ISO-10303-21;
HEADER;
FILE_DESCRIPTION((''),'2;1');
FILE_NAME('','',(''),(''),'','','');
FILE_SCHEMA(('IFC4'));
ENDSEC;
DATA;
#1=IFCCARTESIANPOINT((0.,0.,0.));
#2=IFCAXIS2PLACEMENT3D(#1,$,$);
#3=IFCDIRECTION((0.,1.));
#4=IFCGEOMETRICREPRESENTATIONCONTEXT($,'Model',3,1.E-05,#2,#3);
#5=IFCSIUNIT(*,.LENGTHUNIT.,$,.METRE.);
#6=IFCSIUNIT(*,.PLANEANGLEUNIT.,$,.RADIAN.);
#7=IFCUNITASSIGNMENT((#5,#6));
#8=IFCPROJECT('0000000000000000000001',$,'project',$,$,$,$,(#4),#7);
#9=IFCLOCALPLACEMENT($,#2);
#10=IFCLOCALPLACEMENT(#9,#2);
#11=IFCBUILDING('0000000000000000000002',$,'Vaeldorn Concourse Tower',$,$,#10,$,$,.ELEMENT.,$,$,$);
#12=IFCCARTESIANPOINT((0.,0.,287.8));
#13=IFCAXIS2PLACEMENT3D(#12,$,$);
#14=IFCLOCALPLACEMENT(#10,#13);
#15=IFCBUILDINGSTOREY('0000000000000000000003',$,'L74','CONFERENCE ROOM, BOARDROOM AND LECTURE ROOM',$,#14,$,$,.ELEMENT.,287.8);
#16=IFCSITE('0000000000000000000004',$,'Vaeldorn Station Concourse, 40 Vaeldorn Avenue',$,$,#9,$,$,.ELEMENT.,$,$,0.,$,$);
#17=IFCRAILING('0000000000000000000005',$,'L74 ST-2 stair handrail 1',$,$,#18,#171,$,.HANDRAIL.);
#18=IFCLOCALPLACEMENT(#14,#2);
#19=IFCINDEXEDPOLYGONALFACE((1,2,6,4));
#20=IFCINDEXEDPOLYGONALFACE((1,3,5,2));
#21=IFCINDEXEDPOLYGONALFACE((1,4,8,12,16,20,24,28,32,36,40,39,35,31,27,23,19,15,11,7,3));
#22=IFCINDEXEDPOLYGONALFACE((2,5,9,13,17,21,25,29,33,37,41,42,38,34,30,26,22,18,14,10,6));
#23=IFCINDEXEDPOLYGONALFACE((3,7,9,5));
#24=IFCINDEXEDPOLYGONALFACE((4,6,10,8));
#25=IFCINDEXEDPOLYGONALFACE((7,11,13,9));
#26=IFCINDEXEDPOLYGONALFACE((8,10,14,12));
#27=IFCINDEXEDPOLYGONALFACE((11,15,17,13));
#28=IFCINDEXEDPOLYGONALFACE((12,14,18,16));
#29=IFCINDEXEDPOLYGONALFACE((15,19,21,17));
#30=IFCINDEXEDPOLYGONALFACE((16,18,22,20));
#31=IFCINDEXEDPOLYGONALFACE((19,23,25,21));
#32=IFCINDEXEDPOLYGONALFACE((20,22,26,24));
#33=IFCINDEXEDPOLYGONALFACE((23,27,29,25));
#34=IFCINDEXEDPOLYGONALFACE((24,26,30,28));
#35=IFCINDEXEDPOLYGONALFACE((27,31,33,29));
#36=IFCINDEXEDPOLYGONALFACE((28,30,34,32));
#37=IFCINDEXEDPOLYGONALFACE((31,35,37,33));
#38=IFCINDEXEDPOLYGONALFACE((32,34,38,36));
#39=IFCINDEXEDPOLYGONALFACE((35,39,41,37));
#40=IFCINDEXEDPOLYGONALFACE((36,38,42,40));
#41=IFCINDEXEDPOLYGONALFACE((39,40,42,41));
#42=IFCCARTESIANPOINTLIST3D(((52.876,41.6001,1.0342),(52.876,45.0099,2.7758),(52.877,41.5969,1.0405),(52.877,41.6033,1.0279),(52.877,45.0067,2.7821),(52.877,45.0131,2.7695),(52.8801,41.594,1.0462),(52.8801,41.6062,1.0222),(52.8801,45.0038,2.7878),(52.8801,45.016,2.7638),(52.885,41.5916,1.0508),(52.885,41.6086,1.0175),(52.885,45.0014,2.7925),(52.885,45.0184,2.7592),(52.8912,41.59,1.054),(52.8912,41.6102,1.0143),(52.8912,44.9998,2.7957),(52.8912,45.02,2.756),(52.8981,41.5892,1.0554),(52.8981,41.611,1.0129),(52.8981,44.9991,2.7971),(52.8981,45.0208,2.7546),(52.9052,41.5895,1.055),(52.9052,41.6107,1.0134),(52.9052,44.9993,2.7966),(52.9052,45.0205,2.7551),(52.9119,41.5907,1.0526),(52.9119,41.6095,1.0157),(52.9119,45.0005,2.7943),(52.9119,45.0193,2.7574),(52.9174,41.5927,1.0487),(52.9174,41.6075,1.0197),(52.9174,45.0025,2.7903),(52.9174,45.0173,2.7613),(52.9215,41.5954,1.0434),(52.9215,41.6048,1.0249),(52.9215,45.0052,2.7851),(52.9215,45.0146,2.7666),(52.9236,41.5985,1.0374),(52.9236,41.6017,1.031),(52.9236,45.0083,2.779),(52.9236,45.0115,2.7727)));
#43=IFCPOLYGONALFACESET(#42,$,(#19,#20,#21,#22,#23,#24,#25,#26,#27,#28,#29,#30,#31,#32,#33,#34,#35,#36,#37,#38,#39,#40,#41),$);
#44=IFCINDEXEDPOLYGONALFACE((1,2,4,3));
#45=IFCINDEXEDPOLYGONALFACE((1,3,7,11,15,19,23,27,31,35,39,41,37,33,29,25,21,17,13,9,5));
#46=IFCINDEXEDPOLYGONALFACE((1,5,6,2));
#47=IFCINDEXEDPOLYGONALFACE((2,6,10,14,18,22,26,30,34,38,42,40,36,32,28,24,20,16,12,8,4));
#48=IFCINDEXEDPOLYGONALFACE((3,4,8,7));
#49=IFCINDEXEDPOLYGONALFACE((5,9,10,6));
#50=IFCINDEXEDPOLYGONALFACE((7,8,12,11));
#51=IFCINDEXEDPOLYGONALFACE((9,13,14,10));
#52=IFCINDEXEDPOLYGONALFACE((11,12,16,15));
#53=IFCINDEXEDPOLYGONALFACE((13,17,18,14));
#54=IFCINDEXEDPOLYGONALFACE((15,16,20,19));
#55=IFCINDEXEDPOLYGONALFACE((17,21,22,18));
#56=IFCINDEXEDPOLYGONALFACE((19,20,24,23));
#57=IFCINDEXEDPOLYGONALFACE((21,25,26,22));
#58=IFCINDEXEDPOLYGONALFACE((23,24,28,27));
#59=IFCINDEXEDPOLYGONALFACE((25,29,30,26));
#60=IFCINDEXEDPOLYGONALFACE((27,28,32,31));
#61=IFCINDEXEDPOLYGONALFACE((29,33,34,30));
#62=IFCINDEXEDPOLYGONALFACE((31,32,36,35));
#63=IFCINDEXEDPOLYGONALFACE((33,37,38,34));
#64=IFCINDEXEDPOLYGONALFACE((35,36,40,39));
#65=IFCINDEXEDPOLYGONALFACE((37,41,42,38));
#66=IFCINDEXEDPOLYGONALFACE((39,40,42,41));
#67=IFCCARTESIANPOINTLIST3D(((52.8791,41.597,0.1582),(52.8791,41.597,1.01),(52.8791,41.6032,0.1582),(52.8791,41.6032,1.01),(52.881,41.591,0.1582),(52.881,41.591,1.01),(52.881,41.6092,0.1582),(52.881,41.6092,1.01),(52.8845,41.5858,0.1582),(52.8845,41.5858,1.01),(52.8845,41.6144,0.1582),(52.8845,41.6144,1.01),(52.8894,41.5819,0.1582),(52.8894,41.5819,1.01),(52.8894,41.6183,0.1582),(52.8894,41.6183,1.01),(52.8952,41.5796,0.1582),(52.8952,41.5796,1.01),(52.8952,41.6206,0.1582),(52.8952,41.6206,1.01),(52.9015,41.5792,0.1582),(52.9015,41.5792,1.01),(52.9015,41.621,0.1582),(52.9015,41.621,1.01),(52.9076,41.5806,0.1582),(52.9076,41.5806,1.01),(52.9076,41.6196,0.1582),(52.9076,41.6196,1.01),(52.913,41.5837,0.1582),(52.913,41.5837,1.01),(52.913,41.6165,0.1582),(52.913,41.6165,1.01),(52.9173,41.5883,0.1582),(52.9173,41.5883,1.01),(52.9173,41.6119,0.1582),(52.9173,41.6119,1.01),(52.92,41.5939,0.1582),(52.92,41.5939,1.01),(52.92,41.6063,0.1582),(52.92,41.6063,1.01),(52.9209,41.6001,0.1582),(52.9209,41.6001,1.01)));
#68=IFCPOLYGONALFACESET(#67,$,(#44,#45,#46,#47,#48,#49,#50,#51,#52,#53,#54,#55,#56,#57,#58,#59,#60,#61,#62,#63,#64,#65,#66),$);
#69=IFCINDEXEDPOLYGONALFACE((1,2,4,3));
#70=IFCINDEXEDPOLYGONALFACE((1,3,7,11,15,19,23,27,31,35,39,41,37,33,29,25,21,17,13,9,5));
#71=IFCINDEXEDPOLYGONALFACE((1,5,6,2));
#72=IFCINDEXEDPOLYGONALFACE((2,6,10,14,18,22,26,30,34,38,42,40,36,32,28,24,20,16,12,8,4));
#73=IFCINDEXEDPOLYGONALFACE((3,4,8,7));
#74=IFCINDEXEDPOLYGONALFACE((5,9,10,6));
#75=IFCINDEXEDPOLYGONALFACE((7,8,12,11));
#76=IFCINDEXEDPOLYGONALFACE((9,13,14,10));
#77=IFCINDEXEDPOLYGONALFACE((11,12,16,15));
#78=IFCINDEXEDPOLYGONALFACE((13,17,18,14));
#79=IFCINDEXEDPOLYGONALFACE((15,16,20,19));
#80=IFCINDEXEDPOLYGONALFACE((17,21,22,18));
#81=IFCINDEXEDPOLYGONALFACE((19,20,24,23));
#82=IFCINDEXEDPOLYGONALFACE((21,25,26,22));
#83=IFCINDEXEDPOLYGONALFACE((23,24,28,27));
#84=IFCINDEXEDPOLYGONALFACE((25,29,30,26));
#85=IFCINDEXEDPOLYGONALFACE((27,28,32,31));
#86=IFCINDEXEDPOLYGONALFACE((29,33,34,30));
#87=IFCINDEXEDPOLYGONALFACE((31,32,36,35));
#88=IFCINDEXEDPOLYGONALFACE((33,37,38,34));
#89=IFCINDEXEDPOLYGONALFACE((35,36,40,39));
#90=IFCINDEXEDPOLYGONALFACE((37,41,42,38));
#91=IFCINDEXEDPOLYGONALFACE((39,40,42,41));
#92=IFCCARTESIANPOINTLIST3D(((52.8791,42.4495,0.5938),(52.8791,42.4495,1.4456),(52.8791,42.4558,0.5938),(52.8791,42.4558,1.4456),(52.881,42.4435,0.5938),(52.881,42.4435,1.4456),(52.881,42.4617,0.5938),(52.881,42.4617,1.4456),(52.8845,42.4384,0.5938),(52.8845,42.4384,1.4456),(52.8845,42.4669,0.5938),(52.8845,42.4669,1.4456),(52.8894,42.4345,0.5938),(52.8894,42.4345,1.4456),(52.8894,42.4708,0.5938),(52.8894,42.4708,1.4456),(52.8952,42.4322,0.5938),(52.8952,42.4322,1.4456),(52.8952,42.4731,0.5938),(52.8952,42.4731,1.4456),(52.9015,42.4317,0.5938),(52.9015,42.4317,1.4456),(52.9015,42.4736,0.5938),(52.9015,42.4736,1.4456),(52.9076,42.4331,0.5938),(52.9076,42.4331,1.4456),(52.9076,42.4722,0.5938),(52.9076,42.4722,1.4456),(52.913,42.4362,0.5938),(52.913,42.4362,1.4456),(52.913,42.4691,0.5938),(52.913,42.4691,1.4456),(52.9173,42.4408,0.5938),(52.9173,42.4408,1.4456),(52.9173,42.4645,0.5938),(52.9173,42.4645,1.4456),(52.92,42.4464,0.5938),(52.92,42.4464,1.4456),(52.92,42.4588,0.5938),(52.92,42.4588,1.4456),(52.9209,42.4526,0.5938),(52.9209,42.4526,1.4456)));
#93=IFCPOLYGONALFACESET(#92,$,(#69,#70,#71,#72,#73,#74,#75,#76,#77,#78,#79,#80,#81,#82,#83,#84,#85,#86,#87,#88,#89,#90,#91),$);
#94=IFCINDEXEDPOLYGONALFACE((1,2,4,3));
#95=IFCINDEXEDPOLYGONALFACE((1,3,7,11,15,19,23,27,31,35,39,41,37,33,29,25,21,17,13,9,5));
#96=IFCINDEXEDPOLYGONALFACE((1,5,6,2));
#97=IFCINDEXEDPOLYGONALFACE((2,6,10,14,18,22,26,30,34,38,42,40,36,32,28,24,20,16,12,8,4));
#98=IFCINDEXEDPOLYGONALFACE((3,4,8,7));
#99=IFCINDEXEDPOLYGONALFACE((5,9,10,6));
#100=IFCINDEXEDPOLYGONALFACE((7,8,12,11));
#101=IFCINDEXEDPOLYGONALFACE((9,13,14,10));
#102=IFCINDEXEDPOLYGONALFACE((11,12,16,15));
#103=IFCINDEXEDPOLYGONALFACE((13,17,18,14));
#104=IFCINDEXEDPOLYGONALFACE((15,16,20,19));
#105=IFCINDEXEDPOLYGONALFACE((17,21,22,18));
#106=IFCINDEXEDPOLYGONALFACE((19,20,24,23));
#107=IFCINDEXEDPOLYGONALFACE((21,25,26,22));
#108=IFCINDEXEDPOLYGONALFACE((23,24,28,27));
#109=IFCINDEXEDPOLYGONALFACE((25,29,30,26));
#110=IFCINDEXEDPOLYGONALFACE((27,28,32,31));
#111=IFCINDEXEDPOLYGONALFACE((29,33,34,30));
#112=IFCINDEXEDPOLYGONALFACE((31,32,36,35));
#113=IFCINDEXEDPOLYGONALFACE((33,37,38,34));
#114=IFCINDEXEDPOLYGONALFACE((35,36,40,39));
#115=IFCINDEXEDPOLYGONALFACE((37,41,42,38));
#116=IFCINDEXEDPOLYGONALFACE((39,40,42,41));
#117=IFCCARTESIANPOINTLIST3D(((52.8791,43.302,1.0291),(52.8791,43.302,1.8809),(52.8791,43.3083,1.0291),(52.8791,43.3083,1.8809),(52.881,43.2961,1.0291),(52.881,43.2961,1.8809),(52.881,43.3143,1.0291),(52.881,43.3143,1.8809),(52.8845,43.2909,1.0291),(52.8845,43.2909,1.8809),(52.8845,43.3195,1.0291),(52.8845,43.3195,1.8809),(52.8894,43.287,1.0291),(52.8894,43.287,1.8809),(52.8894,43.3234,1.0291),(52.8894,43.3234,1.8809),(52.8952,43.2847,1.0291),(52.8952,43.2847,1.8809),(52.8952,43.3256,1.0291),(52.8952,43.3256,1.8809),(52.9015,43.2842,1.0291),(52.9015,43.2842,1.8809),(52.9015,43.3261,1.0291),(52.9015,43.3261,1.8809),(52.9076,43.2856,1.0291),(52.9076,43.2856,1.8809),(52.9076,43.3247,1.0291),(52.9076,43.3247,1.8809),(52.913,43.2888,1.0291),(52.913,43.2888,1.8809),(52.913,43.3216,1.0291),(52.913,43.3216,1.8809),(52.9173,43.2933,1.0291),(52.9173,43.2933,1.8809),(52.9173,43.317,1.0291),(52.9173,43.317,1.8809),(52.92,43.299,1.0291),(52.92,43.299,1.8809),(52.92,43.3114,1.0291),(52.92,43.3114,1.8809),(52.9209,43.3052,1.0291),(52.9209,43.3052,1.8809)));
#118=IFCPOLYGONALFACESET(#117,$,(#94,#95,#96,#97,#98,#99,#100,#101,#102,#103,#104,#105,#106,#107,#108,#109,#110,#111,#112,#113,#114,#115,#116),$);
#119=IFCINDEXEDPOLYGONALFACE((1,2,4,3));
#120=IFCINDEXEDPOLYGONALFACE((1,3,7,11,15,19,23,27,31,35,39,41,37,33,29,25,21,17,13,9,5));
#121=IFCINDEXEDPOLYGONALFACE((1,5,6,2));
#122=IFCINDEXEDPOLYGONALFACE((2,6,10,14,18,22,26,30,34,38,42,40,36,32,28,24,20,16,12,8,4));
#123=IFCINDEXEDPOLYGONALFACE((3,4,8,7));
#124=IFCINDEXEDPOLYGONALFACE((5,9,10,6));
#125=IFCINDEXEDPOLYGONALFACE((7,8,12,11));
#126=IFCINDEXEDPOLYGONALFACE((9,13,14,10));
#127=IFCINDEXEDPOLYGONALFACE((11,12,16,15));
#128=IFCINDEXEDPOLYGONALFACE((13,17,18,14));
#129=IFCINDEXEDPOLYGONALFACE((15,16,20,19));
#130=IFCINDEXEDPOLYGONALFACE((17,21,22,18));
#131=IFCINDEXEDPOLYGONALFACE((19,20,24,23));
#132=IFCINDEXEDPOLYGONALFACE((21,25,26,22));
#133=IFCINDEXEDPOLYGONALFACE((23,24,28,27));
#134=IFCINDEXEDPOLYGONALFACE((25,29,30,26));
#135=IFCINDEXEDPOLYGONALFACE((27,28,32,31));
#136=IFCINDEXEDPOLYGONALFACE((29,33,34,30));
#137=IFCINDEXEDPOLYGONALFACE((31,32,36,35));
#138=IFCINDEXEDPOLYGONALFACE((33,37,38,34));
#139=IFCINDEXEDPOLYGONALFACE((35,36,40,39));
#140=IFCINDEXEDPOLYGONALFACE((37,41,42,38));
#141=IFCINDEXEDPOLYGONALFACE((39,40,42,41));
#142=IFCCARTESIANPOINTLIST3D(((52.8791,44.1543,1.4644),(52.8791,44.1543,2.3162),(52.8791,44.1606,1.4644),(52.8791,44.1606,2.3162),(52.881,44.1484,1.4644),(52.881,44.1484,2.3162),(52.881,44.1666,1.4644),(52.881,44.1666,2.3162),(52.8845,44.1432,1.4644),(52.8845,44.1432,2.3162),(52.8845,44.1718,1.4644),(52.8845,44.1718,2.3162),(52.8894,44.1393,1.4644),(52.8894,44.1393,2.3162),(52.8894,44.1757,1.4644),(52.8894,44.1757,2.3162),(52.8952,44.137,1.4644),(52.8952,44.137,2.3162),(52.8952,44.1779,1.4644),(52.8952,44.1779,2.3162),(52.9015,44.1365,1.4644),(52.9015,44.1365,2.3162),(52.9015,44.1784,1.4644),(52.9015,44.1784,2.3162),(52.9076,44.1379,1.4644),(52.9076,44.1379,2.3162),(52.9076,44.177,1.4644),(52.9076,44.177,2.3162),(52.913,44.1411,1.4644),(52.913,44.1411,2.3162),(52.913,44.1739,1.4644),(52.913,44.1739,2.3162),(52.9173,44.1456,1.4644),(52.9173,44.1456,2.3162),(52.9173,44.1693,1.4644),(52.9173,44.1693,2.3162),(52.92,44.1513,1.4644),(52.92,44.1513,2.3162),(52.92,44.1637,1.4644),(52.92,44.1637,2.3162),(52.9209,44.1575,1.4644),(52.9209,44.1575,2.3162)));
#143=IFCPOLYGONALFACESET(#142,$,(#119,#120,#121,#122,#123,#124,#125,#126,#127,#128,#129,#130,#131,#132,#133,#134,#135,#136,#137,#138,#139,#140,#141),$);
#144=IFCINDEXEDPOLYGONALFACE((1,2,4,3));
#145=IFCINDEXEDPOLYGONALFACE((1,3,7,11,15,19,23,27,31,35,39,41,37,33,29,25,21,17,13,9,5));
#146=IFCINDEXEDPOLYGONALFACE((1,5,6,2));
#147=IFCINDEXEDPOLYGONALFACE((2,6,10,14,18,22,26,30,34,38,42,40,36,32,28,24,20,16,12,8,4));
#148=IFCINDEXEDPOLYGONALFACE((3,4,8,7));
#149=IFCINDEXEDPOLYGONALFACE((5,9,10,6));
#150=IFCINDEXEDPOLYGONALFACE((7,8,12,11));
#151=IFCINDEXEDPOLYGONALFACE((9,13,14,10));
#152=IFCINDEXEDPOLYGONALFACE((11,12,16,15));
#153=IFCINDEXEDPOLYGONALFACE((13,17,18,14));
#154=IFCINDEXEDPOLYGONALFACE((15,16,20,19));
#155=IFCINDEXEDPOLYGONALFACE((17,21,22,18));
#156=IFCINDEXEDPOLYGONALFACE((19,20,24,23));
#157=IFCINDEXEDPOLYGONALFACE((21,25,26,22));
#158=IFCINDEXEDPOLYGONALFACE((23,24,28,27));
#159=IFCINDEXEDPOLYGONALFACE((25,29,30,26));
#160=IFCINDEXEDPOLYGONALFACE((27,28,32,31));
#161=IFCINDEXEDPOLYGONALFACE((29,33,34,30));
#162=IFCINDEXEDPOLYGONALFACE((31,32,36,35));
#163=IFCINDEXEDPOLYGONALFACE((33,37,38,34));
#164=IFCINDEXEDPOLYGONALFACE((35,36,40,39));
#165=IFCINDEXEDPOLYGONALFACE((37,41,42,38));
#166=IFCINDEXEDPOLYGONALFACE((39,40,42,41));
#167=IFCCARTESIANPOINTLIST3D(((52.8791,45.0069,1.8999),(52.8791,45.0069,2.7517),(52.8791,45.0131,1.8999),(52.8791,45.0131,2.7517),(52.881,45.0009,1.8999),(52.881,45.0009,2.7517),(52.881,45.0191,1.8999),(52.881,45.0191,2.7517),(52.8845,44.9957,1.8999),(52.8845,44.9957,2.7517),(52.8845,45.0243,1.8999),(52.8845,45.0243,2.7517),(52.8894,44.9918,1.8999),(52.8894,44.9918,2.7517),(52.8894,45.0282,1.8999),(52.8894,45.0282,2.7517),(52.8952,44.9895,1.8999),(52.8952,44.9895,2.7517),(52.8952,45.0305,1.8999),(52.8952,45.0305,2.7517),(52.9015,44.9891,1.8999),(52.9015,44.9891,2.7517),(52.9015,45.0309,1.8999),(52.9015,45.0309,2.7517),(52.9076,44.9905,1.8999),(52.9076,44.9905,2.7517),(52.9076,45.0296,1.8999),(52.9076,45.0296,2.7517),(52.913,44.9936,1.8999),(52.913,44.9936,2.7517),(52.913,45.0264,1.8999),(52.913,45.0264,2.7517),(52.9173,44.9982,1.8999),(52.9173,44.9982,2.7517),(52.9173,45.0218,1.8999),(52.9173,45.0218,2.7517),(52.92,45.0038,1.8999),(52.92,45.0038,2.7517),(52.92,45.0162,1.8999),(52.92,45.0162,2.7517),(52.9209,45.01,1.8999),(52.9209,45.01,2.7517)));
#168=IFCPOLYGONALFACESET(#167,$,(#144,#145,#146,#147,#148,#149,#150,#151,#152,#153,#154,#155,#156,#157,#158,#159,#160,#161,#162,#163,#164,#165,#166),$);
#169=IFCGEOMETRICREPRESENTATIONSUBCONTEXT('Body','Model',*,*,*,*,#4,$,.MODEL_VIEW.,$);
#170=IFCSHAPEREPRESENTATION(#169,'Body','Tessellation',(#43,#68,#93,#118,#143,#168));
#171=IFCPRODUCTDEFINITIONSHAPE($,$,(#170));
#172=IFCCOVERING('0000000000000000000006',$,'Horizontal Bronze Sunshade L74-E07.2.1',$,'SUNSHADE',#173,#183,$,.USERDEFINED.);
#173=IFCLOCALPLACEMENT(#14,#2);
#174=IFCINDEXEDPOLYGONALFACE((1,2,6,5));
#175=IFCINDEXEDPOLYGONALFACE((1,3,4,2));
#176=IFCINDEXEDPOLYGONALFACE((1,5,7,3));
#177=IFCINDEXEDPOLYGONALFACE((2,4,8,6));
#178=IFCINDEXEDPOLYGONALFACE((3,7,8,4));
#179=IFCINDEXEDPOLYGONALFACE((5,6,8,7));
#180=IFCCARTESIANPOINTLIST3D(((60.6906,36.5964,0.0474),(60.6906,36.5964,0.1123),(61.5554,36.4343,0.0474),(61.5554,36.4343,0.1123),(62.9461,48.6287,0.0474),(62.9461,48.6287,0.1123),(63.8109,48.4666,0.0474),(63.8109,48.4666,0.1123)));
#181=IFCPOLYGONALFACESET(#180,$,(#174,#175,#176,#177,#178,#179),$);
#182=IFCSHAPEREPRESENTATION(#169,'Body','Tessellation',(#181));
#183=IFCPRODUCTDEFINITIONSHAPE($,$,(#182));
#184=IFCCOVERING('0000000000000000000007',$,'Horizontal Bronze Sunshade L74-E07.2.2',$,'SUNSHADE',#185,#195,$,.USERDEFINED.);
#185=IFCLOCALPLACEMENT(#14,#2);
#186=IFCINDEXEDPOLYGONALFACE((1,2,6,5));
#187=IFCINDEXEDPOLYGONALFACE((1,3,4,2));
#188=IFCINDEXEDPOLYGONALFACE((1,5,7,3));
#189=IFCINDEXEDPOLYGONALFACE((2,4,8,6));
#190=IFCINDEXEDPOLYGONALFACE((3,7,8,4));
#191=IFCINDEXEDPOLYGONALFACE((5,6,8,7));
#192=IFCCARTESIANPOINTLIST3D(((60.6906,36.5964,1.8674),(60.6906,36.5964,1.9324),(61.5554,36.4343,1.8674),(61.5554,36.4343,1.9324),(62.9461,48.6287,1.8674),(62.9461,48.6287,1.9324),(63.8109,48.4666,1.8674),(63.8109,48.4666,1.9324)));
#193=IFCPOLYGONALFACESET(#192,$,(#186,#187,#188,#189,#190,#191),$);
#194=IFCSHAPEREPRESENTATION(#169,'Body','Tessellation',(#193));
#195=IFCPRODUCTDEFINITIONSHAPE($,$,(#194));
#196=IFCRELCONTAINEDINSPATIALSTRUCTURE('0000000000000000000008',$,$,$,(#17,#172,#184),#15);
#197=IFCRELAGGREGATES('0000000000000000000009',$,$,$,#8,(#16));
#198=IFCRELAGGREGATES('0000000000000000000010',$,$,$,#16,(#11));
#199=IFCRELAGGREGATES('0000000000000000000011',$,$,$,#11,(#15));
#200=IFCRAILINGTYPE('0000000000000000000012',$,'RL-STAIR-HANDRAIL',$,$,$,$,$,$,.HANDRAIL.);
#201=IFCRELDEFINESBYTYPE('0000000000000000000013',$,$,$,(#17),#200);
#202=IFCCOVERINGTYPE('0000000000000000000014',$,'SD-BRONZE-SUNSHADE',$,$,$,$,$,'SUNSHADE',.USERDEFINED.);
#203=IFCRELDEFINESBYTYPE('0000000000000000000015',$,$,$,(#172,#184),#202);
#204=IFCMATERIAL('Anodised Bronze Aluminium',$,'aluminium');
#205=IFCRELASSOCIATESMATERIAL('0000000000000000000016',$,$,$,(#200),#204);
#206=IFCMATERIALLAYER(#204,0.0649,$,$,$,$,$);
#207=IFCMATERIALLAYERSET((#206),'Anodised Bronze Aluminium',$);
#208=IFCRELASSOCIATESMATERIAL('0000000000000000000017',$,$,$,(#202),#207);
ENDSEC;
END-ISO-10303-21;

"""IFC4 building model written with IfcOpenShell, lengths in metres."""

from ifc_helpers import new_model, si_unit, direction, frame, origin, origin_2d, place, context, subcontext, project, spatial, rectangle, circle, extrude, source, transform, mapped, material, layer, layer_set, type_object, element, save


model = new_model("IFC4")

# Units and contexts
model_context = context("Model", 3, precision=1e-05, world=origin(), true_north=direction((0.0, 1.0)))
body_context = subcontext(model_context, "Body", "Model", "MODEL_VIEW")
ifc_project = project(units=[si_unit("LENGTHUNIT", "METRE"), si_unit("PLANEANGLEUNIT", "RADIAN")], contexts=[model_context])

# Site, building, storey
site_placement = place(None, origin())
site = spatial("IfcSite", under=ifc_project, at=site_placement, Name="Vaeldorn Station Concourse, 40 Vaeldorn Avenue", CompositionType="ELEMENT", RefElevation=0.0)
building_placement = place(site_placement, origin())
building = spatial("IfcBuilding", under=site, at=building_placement, Name="Vaeldorn Concourse Tower", CompositionType="ELEMENT")
storey_placement = place(building_placement, frame((0.0, 0.0, 287.8)))
storey = spatial("IfcBuildingStorey", under=building, at=storey_placement, Name="L74", Description="CONFERENCE ROOM, BOARDROOM AND LECTURE ROOM", CompositionType="ELEMENT", Elevation=287.8)

# Shared definitions
ifc_material_1 = material(Name="Anodised Bronze Aluminium", Category="aluminium")

# Railing
railing_type_1 = type_object("IfcRailingType", Name="RL-STAIR-HANDRAIL", PredefinedType="HANDRAIL", material=ifc_material_1)
railing_1_placement = place(storey_placement, frame((52.8999, 41.6001, 0.1582)))
element("IfcRailing", 1, at=railing_1_placement, inside=storey, type_object=railing_type_1, Name="L74 ST-2 stair handrail 1", PredefinedType="HANDRAIL", context=body_context, shape_type="SweptSolid", body=[
    extrude(circle(Radius=0.0239, at=origin_2d()), frame((0.0, 0.0, 0.876), z_axis=(0.0, 0.890556, 0.454874), x_axis=(-1.0, 0.0, 0.0)), (0.0, 0.0, 1.0), 3.8289),
    extrude(circle(Radius=0.021, at=origin_2d()), origin(), (0.0, 0.0, 1.0), 0.8518),
    extrude(circle(Radius=0.021, at=origin_2d()), frame((0.0, 0.8525, 0.4355)), (0.0, 0.0, 1.0), 0.8518),
    extrude(circle(Radius=0.021, at=origin_2d()), frame((0.0, 1.7051, 0.8708)), (0.0, 0.0, 1.0), 0.8518),
    extrude(circle(Radius=0.021, at=origin_2d()), frame((0.0, 2.5574, 1.3062)), (0.0, 0.0, 1.0), 0.8518),
    extrude(circle(Radius=0.021, at=origin_2d()), frame((0.0, 3.4099, 1.7417)), (0.0, 0.0, 1.0), 0.8518),
])

# Coverings
ifc_layer_1 = layer(ifc_material_1, 0.0649)
ifc_layer_set_1 = layer_set([ifc_layer_1], Name="Anodised Bronze Aluminium")
covering_type = type_object("IfcCoveringType", Name="SD-BRONZE-SUNSHADE", ElementType="SUNSHADE", PredefinedType="USERDEFINED", material=ifc_layer_set_1)
shared_shape_1 = source(origin(), body_context, "Body", "SweptSolid", [
    extrude(rectangle(XDim=12.2419, YDim=0.8799, at=origin_2d()), origin(), (0.0, 0.0, 1.0), 0.0649),
])
for number, where, z_axis, x_axis, name in (
    (2, (62.2507, 42.5315, 0.0474), (0.0, 0.0, 1.0), (0.184243, 0.982881, 0.0), "Horizontal Bronze Sunshade L74-E07.2.1"),
    (3, (62.2507, 42.5315, 1.8674), (0.0, 0.0, 1.0), (0.184243, 0.982881, 0.0), "Horizontal Bronze Sunshade L74-E07.2.2"),
):
    element("IfcCovering", number, at=place(storey_placement, frame(where, z_axis=z_axis, x_axis=x_axis)), inside=storey, type_object=covering_type, Name=name, ObjectType="SUNSHADE", PredefinedType="USERDEFINED", context=body_context, shape_type="MappedRepresentation", body=[
        mapped(shared_shape_1, transform((0.0, 0.0, 0.0), scale=1.0)),
    ])

save(model, "model.ifc")
